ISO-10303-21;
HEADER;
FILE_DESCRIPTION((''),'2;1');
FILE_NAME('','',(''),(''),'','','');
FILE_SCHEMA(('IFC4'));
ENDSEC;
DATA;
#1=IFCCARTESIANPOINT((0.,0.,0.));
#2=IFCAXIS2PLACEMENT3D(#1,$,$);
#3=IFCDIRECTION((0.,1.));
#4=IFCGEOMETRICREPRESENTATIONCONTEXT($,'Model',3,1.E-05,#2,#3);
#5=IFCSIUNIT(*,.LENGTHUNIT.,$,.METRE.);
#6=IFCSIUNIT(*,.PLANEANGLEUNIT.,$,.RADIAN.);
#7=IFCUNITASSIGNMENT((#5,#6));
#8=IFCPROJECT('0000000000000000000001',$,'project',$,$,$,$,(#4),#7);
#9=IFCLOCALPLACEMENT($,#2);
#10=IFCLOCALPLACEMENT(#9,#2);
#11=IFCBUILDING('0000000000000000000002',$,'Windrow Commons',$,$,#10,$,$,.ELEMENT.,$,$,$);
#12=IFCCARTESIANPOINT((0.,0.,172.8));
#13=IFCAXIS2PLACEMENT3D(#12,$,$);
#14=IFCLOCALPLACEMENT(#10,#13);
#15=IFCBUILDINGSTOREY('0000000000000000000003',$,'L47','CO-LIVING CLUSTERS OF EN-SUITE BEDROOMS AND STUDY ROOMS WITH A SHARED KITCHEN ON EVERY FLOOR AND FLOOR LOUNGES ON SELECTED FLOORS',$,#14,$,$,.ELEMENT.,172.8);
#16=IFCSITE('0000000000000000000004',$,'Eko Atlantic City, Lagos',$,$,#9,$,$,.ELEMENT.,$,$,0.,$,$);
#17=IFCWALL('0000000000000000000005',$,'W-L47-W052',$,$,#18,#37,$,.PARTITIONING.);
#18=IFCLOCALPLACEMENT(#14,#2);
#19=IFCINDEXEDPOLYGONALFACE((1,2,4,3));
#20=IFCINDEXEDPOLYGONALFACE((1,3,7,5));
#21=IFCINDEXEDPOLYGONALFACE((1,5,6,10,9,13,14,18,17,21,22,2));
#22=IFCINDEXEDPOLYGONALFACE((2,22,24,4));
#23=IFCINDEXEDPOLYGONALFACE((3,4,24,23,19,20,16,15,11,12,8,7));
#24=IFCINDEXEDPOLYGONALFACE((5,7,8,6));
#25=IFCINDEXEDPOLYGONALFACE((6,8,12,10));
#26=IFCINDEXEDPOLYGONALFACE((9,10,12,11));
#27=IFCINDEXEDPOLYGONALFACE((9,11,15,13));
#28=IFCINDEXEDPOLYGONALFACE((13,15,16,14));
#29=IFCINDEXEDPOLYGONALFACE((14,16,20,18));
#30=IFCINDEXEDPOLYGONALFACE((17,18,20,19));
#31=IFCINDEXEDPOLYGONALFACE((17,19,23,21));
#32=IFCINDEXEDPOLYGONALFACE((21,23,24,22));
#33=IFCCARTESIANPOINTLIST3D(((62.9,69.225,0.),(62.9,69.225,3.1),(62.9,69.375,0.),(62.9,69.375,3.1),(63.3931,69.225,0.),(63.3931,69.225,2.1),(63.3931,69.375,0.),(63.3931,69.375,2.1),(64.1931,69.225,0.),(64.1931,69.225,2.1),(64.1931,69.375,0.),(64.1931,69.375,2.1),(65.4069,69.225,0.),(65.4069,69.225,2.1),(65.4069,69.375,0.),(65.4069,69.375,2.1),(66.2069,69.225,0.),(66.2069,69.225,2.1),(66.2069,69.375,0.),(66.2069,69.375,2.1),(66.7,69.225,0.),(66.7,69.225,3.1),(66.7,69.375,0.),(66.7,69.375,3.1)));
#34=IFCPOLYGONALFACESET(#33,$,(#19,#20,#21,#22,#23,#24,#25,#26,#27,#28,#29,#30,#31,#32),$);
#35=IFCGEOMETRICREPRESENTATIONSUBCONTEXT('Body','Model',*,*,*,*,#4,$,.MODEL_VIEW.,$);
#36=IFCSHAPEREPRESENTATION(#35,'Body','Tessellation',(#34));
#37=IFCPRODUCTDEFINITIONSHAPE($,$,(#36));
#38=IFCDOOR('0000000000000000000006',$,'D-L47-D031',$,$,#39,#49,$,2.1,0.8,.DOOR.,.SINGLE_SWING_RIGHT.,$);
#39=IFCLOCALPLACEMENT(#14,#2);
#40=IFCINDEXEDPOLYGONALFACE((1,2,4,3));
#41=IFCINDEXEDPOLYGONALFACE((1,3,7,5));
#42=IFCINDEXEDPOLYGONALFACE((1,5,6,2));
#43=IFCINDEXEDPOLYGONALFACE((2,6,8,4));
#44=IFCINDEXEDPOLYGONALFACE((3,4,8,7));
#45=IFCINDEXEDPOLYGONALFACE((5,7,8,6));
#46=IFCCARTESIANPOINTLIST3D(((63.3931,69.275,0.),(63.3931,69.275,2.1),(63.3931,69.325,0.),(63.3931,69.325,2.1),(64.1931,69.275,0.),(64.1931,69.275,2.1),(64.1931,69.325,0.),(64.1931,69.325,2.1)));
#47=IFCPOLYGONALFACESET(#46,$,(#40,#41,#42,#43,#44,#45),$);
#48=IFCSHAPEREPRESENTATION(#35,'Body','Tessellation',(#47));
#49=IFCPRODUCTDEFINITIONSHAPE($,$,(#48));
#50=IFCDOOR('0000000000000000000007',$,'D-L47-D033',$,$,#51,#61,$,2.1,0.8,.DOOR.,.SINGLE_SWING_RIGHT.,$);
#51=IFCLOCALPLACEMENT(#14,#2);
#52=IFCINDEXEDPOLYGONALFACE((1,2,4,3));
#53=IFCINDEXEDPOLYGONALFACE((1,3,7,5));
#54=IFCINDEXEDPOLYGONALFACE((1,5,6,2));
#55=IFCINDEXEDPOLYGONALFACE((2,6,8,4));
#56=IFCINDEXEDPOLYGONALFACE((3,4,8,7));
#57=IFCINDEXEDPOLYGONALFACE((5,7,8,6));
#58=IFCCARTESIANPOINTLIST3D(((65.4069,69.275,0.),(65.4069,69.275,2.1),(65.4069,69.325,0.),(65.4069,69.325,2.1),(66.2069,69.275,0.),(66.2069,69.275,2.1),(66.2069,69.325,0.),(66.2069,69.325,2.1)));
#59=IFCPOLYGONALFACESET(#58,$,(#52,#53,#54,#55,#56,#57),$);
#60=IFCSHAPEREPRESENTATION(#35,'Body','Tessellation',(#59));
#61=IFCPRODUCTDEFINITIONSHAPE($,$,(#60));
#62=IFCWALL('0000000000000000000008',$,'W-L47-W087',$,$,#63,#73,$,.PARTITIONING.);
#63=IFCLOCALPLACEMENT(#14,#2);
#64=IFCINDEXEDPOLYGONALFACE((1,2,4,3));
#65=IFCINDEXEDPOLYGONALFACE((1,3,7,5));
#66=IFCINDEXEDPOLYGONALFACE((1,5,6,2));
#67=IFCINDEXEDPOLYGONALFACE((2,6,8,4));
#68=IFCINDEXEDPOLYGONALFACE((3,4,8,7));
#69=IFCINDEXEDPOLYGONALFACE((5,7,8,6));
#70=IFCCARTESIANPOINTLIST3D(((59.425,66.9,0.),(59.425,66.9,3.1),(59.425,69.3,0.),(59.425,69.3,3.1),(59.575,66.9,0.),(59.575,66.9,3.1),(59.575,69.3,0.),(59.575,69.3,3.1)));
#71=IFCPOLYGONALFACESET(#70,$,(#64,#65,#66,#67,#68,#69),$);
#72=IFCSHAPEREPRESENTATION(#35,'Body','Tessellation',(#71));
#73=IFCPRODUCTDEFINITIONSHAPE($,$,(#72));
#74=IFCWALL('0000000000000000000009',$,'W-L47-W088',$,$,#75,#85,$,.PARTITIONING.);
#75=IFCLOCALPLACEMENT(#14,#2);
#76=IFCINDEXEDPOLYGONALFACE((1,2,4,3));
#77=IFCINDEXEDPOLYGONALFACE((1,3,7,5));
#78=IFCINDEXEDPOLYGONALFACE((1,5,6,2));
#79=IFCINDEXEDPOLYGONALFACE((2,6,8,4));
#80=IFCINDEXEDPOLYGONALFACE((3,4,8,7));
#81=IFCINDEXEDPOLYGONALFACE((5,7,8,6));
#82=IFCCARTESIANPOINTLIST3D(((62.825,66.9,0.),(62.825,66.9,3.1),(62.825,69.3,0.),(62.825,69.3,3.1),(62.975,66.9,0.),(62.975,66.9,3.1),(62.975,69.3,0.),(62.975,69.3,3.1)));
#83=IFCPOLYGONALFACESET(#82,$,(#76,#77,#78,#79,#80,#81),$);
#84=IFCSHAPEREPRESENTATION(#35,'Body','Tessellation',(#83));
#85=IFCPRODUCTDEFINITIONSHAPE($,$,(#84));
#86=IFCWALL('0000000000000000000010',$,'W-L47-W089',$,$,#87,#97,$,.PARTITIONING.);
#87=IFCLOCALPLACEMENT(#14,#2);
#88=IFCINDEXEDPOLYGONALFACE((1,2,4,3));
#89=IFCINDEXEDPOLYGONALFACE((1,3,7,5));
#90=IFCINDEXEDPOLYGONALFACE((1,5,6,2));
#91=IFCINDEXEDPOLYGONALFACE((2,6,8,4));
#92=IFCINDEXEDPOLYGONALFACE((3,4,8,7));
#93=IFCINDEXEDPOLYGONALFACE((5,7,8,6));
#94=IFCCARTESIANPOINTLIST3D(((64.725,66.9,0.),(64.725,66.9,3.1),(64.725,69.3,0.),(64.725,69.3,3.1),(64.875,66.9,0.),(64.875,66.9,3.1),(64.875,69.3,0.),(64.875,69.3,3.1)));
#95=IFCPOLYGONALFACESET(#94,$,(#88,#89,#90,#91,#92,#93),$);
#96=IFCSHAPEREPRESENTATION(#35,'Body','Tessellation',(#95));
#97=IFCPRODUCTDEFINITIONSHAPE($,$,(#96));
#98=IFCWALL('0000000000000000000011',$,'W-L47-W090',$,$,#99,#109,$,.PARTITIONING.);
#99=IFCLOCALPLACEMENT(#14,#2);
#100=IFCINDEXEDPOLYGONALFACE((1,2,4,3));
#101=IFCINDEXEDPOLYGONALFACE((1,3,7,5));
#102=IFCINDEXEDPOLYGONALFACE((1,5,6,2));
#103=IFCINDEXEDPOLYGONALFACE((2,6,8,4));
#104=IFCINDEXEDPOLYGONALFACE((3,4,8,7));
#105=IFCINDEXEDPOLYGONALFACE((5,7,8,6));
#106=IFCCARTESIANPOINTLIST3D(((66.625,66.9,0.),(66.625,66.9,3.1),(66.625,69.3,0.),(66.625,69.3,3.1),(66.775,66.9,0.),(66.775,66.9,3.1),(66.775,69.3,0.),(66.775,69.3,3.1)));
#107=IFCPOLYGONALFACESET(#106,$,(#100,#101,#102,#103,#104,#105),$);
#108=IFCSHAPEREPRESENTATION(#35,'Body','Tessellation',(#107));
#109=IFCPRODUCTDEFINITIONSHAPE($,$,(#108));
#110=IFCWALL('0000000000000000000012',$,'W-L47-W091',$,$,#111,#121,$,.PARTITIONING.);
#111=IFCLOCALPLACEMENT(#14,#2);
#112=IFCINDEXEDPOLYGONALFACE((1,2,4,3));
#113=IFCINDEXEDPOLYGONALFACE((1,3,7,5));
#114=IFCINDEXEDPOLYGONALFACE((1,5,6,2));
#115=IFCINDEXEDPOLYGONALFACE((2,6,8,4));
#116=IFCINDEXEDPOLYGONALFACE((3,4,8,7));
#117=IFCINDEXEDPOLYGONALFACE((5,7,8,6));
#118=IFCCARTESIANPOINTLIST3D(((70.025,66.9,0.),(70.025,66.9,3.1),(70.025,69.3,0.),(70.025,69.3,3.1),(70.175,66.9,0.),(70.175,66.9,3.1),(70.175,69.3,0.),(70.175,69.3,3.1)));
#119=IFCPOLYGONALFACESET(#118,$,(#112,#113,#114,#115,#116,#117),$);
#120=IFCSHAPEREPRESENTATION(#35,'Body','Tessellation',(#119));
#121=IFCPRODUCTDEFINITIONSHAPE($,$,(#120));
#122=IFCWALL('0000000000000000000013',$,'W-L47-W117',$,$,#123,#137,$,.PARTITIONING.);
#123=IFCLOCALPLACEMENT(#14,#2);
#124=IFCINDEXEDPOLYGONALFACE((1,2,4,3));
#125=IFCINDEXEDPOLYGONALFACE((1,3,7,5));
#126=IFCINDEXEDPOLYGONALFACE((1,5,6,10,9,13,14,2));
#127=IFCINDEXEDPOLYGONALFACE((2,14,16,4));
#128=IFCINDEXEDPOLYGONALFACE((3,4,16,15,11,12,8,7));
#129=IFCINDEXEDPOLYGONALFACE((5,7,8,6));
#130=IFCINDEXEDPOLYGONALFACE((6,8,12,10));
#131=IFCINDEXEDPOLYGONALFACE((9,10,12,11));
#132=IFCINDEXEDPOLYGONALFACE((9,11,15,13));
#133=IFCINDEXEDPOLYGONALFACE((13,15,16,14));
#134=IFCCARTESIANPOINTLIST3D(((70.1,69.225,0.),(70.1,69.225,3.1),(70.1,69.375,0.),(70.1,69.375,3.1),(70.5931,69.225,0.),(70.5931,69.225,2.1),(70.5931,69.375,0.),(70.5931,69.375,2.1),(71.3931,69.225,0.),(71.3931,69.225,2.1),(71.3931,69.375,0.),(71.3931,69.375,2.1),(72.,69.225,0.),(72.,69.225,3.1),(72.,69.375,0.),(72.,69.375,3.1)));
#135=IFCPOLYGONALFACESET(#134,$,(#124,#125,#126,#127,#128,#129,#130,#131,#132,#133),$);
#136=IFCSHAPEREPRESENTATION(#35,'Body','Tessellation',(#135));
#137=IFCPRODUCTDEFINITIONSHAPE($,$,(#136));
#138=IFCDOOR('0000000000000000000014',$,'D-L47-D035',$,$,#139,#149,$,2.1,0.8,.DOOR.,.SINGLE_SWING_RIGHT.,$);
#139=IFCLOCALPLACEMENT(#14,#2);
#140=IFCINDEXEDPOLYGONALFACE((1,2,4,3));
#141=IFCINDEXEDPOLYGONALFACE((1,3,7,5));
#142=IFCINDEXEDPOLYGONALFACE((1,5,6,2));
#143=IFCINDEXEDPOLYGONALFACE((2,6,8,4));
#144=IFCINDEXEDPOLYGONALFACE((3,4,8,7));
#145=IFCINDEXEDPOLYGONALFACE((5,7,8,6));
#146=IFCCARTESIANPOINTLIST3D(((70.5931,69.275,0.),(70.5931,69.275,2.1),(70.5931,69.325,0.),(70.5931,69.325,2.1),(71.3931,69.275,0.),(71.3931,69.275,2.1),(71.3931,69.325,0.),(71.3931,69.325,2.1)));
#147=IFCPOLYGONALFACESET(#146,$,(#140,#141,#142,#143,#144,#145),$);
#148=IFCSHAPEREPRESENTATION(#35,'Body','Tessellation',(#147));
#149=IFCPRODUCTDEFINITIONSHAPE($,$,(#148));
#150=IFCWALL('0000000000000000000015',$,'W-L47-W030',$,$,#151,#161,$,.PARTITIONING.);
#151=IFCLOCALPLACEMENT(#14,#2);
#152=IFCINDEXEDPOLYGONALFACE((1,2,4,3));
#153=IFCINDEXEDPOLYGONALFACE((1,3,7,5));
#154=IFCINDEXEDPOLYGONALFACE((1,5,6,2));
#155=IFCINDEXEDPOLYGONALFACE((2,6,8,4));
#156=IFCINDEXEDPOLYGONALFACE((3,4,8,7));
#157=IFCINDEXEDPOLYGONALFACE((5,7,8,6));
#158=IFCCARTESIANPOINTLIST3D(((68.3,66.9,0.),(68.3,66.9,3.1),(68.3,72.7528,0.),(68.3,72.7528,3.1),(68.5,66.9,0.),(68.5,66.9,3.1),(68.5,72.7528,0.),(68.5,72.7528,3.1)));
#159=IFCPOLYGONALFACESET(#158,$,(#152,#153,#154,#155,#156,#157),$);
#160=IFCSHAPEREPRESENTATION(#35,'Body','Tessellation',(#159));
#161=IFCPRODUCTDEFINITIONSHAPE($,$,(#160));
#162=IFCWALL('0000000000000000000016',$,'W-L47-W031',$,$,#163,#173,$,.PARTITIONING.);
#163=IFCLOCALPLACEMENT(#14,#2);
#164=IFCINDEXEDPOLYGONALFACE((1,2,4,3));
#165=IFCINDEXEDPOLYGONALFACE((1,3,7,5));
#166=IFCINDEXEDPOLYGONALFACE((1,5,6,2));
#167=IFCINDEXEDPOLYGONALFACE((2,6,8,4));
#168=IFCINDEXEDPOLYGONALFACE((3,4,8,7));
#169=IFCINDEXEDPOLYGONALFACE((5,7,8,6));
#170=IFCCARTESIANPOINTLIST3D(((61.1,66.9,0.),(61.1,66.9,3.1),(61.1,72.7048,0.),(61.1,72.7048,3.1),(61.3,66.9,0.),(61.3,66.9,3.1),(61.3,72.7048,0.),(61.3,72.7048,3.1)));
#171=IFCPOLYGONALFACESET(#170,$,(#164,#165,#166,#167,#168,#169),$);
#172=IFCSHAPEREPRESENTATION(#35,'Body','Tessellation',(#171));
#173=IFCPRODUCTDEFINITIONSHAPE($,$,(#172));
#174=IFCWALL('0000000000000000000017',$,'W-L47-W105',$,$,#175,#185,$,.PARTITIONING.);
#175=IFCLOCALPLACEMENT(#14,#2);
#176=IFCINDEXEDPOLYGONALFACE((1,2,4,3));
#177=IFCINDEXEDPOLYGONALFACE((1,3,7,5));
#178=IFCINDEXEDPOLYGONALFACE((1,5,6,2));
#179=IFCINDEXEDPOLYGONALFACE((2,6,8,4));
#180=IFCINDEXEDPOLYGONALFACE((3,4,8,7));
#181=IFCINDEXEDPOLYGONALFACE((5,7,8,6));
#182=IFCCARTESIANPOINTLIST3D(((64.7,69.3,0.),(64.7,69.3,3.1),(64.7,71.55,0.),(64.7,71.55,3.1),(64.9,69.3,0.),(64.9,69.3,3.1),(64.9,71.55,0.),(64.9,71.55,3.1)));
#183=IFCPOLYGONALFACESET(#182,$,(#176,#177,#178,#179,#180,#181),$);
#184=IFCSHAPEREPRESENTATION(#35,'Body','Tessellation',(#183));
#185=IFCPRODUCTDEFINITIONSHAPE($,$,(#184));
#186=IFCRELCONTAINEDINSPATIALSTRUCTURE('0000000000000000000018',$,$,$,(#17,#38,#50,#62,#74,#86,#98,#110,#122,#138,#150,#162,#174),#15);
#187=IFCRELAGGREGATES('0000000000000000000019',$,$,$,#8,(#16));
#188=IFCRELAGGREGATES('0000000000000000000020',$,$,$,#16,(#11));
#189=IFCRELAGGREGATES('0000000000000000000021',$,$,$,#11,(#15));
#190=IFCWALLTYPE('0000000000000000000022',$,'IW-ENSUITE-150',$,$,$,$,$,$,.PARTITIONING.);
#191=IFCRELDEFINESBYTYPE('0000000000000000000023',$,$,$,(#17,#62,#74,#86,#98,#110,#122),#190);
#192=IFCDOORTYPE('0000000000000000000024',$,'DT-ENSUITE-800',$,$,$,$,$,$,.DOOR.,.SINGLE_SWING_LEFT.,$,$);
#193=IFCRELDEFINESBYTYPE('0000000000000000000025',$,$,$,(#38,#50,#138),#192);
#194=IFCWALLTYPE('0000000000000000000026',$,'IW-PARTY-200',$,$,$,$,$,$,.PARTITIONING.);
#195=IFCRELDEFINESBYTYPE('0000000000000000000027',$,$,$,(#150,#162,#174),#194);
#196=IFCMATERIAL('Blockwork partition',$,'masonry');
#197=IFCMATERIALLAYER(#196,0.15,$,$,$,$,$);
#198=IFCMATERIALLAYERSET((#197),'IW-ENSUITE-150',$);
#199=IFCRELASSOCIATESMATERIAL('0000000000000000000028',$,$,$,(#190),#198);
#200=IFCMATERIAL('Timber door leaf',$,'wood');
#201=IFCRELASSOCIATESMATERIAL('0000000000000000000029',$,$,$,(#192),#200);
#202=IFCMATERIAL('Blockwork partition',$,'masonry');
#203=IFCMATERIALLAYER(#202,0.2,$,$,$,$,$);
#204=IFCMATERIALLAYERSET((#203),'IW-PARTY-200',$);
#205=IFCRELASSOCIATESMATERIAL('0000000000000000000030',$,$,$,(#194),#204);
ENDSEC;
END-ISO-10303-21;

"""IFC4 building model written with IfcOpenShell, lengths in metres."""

from ifc_helpers import new_model, si_unit, direction, frame, frame_2d, origin, place, context, subcontext, project, spatial, rectangle, extrude, material, layer, layer_set, type_object, element, fill, save


model = new_model("IFC4")

# Units and contexts
model_context = context("Model", 3, precision=1e-05, world=origin(), true_north=direction((0.0, 1.0)))
body_context = subcontext(model_context, "Body", "Model", "MODEL_VIEW")
ifc_project = project(units=[si_unit("LENGTHUNIT", "METRE"), si_unit("PLANEANGLEUNIT", "RADIAN")], contexts=[model_context])

# Site, building, storey
site_placement = place(None, origin())
site = spatial("IfcSite", under=ifc_project, at=site_placement, Name="Eko Atlantic City, Lagos", CompositionType="ELEMENT", RefElevation=0.0)
building_placement = place(site_placement, origin())
building = spatial("IfcBuilding", under=site, at=building_placement, Name="Windrow Commons", CompositionType="ELEMENT")
storey_placement = place(building_placement, frame((0.0, 0.0, 172.8)))
storey = spatial("IfcBuildingStorey", under=building, at=storey_placement, Name="L47", Description="CO-LIVING CLUSTERS OF EN-SUITE BEDROOMS AND STUDY ROOMS WITH A SHARED KITCHEN ON EVERY FLOOR AND FLOOR LOUNGES ON SELECTED FLOORS", CompositionType="ELEMENT", Elevation=172.8)

# Wall, openings, doors
ifc_material_1 = material(Name="Blockwork partition", Category="masonry")
ifc_layer_1 = layer(ifc_material_1, 0.15)
ifc_layer_set_1 = layer_set([ifc_layer_1], Name="IW-ENSUITE-150")
wall_type_1 = type_object("IfcWallType", Name="IW-ENSUITE-150", PredefinedType="PARTITIONING", material=ifc_layer_set_1)
wall_1_placement = place(storey_placement, frame((62.9, 69.3, 0.0), z_axis=(0.0, 0.0, 1.0), x_axis=(1.0, 0.0, 0.0)))
wall_1 = element("IfcWall", 1, at=wall_1_placement, inside=storey, type_object=wall_type_1, Name="W-L47-W052", PredefinedType="PARTITIONING", context=body_context, shape_type="SweptSolid", body=[
    extrude(rectangle(XDim=3.8, YDim=0.15, at=frame_2d((1.9, 0.0))), origin(), (0.0, 0.0, 1.0), 3.1),
])
opening_1_placement = place(wall_1_placement, frame((0.4931, 0.0, 0.0)))
opening_1 = element("IfcOpeningElement", 2, at=opening_1_placement, cuts=wall_1, PredefinedType="OPENING", context=body_context, shape_type="SweptSolid", body=[
    extrude(rectangle(XDim=0.8, YDim=2.1, at=frame_2d((0.4, 1.05))), frame((0.0, 0.085, 0.0), z_axis=(0.0, -1.0, 0.0), x_axis=(1.0, 0.0, 0.0)), (0.0, 0.0, 1.0), 0.17),
])
opening_2_placement = place(wall_1_placement, frame((2.5069, 0.0, 0.0)))
opening_2 = element("IfcOpeningElement", 3, at=opening_2_placement, cuts=wall_1, PredefinedType="OPENING", context=body_context, shape_type="SweptSolid", body=[
    extrude(rectangle(XDim=0.8, YDim=2.1, at=frame_2d((0.4, 1.05))), frame((0.0, 0.085, 0.0), z_axis=(0.0, -1.0, 0.0), x_axis=(1.0, 0.0, 0.0)), (0.0, 0.0, 1.0), 0.17),
])
ifc_material_2 = material(Name="Timber door leaf", Category="wood")
door_type = type_object("IfcDoorType", Name="DT-ENSUITE-800", OperationType="SINGLE_SWING_LEFT", PredefinedType="DOOR", material=ifc_material_2)
door_1_placement = place(opening_1_placement, origin())
door_1 = element("IfcDoor", 4, at=door_1_placement, inside=storey, type_object=door_type, Name="D-L47-D031", OperationType="SINGLE_SWING_RIGHT", OverallHeight=2.1, OverallWidth=0.8, PredefinedType="DOOR", context=body_context, shape_type="SweptSolid", body=[
    extrude(rectangle(XDim=0.8, YDim=2.1, at=frame_2d((0.4, 1.05))), frame((0.0, 0.025, 0.0), z_axis=(0.0, -1.0, 0.0), x_axis=(1.0, 0.0, 0.0)), (0.0, 0.0, 1.0), 0.05),
])
fill(opening_1, door_1)
door_2_placement = place(opening_2_placement, origin())
door_2 = element("IfcDoor", 5, at=door_2_placement, inside=storey, type_object=door_type, Name="D-L47-D033", OperationType="SINGLE_SWING_RIGHT", OverallHeight=2.1, OverallWidth=0.8, PredefinedType="DOOR", context=body_context, shape_type="SweptSolid", body=[
    extrude(rectangle(XDim=0.8, YDim=2.1, at=frame_2d((0.4, 1.05))), frame((0.0, 0.025, 0.0), z_axis=(0.0, -1.0, 0.0), x_axis=(1.0, 0.0, 0.0)), (0.0, 0.0, 1.0), 0.05),
])
fill(opening_2, door_2)

# Walls
for number, where, z_axis, x_axis, name in (
    (6, (59.5, 66.9, 0.0), (0.0, 0.0, 1.0), (0.0, 1.0, 0.0), "W-L47-W087"),
    (7, (62.9, 66.9, 0.0), (0.0, 0.0, 1.0), (0.0, 1.0, 0.0), "W-L47-W088"),
    (8, (64.8, 66.9, 0.0), (0.0, 0.0, 1.0), (0.0, 1.0, 0.0), "W-L47-W089"),
    (9, (66.7, 66.9, 0.0), (0.0, 0.0, 1.0), (0.0, 1.0, 0.0), "W-L47-W090"),
    (10, (70.1, 66.9, 0.0), (0.0, 0.0, 1.0), (0.0, 1.0, 0.0), "W-L47-W091"),
):
    element("IfcWall", number, at=place(storey_placement, frame(where, z_axis=z_axis, x_axis=x_axis)), inside=storey, type_object=wall_type_1, Name=name, PredefinedType="PARTITIONING", context=body_context, shape_type="SweptSolid", body=[
        extrude(rectangle(XDim=2.4, YDim=0.15, at=frame_2d((1.2, 0.0))), origin(), (0.0, 0.0, 1.0), 3.1),
    ])

# Wall, opening, door
wall_2_placement = place(storey_placement, frame((70.1, 69.3, 0.0), z_axis=(0.0, 0.0, 1.0), x_axis=(1.0, 0.0, 0.0)))
wall_2 = element("IfcWall", 11, at=wall_2_placement, inside=storey, type_object=wall_type_1, Name="W-L47-W117", PredefinedType="PARTITIONING", context=body_context, shape_type="SweptSolid", body=[
    extrude(rectangle(XDim=1.9, YDim=0.15, at=frame_2d((0.95, 0.0))), origin(), (0.0, 0.0, 1.0), 3.1),
])
opening_3_placement = place(wall_2_placement, frame((0.4931, 0.0, 0.0)))
opening_3 = element("IfcOpeningElement", 12, at=opening_3_placement, cuts=wall_2, PredefinedType="OPENING", context=body_context, shape_type="SweptSolid", body=[
    extrude(rectangle(XDim=0.8, YDim=2.1, at=frame_2d((0.4, 1.05))), frame((0.0, 0.085, 0.0), z_axis=(0.0, -1.0, 0.0), x_axis=(1.0, 0.0, 0.0)), (0.0, 0.0, 1.0), 0.17),
])
door_3_placement = place(opening_3_placement, origin())
door_3 = element("IfcDoor", 13, at=door_3_placement, inside=storey, type_object=door_type, Name="D-L47-D035", OperationType="SINGLE_SWING_RIGHT", OverallHeight=2.1, OverallWidth=0.8, PredefinedType="DOOR", context=body_context, shape_type="SweptSolid", body=[
    extrude(rectangle(XDim=0.8, YDim=2.1, at=frame_2d((0.4, 1.05))), frame((0.0, 0.025, 0.0), z_axis=(0.0, -1.0, 0.0), x_axis=(1.0, 0.0, 0.0)), (0.0, 0.0, 1.0), 0.05),
])
fill(opening_3, door_3)

# Walls
ifc_material_3 = material(Name="Blockwork partition", Category="masonry")
ifc_layer_2 = layer(ifc_material_3, 0.2)
ifc_layer_set_2 = layer_set([ifc_layer_2], Name="IW-PARTY-200")
wall_type_2 = type_object("IfcWallType", Name="IW-PARTY-200", PredefinedType="PARTITIONING", material=ifc_layer_set_2)
wall_3_placement = place(storey_placement, frame((68.4, 66.9, 0.0), z_axis=(0.0, 0.0, 1.0), x_axis=(0.0, 1.0, 0.0)))
element("IfcWall", 14, at=wall_3_placement, inside=storey, type_object=wall_type_2, Name="W-L47-W030", PredefinedType="PARTITIONING", context=body_context, shape_type="SweptSolid", body=[
    extrude(rectangle(XDim=5.8528, YDim=0.2, at=frame_2d((2.9264, 0.0))), origin(), (0.0, 0.0, 1.0), 3.1),
])
wall_4_placement = place(storey_placement, frame((61.2, 66.9, 0.0), z_axis=(0.0, 0.0, 1.0), x_axis=(0.0, 1.0, 0.0)))
element("IfcWall", 15, at=wall_4_placement, inside=storey, type_object=wall_type_2, Name="W-L47-W031", PredefinedType="PARTITIONING", context=body_context, shape_type="SweptSolid", body=[
    extrude(rectangle(XDim=5.8048, YDim=0.2, at=frame_2d((2.9024, 0.0))), origin(), (0.0, 0.0, 1.0), 3.1),
])
wall_5_placement = place(storey_placement, frame((64.8, 69.3, 0.0), z_axis=(0.0, 0.0, 1.0), x_axis=(0.0, 1.0, 0.0)))
element("IfcWall", 16, at=wall_5_placement, inside=storey, type_object=wall_type_2, Name="W-L47-W105", PredefinedType="PARTITIONING", context=body_context, shape_type="SweptSolid", body=[
    extrude(rectangle(XDim=2.25, YDim=0.2, at=frame_2d((1.125, 0.0))), origin(), (0.0, 0.0, 1.0), 3.1),
])

save(model, "model.ifc")
